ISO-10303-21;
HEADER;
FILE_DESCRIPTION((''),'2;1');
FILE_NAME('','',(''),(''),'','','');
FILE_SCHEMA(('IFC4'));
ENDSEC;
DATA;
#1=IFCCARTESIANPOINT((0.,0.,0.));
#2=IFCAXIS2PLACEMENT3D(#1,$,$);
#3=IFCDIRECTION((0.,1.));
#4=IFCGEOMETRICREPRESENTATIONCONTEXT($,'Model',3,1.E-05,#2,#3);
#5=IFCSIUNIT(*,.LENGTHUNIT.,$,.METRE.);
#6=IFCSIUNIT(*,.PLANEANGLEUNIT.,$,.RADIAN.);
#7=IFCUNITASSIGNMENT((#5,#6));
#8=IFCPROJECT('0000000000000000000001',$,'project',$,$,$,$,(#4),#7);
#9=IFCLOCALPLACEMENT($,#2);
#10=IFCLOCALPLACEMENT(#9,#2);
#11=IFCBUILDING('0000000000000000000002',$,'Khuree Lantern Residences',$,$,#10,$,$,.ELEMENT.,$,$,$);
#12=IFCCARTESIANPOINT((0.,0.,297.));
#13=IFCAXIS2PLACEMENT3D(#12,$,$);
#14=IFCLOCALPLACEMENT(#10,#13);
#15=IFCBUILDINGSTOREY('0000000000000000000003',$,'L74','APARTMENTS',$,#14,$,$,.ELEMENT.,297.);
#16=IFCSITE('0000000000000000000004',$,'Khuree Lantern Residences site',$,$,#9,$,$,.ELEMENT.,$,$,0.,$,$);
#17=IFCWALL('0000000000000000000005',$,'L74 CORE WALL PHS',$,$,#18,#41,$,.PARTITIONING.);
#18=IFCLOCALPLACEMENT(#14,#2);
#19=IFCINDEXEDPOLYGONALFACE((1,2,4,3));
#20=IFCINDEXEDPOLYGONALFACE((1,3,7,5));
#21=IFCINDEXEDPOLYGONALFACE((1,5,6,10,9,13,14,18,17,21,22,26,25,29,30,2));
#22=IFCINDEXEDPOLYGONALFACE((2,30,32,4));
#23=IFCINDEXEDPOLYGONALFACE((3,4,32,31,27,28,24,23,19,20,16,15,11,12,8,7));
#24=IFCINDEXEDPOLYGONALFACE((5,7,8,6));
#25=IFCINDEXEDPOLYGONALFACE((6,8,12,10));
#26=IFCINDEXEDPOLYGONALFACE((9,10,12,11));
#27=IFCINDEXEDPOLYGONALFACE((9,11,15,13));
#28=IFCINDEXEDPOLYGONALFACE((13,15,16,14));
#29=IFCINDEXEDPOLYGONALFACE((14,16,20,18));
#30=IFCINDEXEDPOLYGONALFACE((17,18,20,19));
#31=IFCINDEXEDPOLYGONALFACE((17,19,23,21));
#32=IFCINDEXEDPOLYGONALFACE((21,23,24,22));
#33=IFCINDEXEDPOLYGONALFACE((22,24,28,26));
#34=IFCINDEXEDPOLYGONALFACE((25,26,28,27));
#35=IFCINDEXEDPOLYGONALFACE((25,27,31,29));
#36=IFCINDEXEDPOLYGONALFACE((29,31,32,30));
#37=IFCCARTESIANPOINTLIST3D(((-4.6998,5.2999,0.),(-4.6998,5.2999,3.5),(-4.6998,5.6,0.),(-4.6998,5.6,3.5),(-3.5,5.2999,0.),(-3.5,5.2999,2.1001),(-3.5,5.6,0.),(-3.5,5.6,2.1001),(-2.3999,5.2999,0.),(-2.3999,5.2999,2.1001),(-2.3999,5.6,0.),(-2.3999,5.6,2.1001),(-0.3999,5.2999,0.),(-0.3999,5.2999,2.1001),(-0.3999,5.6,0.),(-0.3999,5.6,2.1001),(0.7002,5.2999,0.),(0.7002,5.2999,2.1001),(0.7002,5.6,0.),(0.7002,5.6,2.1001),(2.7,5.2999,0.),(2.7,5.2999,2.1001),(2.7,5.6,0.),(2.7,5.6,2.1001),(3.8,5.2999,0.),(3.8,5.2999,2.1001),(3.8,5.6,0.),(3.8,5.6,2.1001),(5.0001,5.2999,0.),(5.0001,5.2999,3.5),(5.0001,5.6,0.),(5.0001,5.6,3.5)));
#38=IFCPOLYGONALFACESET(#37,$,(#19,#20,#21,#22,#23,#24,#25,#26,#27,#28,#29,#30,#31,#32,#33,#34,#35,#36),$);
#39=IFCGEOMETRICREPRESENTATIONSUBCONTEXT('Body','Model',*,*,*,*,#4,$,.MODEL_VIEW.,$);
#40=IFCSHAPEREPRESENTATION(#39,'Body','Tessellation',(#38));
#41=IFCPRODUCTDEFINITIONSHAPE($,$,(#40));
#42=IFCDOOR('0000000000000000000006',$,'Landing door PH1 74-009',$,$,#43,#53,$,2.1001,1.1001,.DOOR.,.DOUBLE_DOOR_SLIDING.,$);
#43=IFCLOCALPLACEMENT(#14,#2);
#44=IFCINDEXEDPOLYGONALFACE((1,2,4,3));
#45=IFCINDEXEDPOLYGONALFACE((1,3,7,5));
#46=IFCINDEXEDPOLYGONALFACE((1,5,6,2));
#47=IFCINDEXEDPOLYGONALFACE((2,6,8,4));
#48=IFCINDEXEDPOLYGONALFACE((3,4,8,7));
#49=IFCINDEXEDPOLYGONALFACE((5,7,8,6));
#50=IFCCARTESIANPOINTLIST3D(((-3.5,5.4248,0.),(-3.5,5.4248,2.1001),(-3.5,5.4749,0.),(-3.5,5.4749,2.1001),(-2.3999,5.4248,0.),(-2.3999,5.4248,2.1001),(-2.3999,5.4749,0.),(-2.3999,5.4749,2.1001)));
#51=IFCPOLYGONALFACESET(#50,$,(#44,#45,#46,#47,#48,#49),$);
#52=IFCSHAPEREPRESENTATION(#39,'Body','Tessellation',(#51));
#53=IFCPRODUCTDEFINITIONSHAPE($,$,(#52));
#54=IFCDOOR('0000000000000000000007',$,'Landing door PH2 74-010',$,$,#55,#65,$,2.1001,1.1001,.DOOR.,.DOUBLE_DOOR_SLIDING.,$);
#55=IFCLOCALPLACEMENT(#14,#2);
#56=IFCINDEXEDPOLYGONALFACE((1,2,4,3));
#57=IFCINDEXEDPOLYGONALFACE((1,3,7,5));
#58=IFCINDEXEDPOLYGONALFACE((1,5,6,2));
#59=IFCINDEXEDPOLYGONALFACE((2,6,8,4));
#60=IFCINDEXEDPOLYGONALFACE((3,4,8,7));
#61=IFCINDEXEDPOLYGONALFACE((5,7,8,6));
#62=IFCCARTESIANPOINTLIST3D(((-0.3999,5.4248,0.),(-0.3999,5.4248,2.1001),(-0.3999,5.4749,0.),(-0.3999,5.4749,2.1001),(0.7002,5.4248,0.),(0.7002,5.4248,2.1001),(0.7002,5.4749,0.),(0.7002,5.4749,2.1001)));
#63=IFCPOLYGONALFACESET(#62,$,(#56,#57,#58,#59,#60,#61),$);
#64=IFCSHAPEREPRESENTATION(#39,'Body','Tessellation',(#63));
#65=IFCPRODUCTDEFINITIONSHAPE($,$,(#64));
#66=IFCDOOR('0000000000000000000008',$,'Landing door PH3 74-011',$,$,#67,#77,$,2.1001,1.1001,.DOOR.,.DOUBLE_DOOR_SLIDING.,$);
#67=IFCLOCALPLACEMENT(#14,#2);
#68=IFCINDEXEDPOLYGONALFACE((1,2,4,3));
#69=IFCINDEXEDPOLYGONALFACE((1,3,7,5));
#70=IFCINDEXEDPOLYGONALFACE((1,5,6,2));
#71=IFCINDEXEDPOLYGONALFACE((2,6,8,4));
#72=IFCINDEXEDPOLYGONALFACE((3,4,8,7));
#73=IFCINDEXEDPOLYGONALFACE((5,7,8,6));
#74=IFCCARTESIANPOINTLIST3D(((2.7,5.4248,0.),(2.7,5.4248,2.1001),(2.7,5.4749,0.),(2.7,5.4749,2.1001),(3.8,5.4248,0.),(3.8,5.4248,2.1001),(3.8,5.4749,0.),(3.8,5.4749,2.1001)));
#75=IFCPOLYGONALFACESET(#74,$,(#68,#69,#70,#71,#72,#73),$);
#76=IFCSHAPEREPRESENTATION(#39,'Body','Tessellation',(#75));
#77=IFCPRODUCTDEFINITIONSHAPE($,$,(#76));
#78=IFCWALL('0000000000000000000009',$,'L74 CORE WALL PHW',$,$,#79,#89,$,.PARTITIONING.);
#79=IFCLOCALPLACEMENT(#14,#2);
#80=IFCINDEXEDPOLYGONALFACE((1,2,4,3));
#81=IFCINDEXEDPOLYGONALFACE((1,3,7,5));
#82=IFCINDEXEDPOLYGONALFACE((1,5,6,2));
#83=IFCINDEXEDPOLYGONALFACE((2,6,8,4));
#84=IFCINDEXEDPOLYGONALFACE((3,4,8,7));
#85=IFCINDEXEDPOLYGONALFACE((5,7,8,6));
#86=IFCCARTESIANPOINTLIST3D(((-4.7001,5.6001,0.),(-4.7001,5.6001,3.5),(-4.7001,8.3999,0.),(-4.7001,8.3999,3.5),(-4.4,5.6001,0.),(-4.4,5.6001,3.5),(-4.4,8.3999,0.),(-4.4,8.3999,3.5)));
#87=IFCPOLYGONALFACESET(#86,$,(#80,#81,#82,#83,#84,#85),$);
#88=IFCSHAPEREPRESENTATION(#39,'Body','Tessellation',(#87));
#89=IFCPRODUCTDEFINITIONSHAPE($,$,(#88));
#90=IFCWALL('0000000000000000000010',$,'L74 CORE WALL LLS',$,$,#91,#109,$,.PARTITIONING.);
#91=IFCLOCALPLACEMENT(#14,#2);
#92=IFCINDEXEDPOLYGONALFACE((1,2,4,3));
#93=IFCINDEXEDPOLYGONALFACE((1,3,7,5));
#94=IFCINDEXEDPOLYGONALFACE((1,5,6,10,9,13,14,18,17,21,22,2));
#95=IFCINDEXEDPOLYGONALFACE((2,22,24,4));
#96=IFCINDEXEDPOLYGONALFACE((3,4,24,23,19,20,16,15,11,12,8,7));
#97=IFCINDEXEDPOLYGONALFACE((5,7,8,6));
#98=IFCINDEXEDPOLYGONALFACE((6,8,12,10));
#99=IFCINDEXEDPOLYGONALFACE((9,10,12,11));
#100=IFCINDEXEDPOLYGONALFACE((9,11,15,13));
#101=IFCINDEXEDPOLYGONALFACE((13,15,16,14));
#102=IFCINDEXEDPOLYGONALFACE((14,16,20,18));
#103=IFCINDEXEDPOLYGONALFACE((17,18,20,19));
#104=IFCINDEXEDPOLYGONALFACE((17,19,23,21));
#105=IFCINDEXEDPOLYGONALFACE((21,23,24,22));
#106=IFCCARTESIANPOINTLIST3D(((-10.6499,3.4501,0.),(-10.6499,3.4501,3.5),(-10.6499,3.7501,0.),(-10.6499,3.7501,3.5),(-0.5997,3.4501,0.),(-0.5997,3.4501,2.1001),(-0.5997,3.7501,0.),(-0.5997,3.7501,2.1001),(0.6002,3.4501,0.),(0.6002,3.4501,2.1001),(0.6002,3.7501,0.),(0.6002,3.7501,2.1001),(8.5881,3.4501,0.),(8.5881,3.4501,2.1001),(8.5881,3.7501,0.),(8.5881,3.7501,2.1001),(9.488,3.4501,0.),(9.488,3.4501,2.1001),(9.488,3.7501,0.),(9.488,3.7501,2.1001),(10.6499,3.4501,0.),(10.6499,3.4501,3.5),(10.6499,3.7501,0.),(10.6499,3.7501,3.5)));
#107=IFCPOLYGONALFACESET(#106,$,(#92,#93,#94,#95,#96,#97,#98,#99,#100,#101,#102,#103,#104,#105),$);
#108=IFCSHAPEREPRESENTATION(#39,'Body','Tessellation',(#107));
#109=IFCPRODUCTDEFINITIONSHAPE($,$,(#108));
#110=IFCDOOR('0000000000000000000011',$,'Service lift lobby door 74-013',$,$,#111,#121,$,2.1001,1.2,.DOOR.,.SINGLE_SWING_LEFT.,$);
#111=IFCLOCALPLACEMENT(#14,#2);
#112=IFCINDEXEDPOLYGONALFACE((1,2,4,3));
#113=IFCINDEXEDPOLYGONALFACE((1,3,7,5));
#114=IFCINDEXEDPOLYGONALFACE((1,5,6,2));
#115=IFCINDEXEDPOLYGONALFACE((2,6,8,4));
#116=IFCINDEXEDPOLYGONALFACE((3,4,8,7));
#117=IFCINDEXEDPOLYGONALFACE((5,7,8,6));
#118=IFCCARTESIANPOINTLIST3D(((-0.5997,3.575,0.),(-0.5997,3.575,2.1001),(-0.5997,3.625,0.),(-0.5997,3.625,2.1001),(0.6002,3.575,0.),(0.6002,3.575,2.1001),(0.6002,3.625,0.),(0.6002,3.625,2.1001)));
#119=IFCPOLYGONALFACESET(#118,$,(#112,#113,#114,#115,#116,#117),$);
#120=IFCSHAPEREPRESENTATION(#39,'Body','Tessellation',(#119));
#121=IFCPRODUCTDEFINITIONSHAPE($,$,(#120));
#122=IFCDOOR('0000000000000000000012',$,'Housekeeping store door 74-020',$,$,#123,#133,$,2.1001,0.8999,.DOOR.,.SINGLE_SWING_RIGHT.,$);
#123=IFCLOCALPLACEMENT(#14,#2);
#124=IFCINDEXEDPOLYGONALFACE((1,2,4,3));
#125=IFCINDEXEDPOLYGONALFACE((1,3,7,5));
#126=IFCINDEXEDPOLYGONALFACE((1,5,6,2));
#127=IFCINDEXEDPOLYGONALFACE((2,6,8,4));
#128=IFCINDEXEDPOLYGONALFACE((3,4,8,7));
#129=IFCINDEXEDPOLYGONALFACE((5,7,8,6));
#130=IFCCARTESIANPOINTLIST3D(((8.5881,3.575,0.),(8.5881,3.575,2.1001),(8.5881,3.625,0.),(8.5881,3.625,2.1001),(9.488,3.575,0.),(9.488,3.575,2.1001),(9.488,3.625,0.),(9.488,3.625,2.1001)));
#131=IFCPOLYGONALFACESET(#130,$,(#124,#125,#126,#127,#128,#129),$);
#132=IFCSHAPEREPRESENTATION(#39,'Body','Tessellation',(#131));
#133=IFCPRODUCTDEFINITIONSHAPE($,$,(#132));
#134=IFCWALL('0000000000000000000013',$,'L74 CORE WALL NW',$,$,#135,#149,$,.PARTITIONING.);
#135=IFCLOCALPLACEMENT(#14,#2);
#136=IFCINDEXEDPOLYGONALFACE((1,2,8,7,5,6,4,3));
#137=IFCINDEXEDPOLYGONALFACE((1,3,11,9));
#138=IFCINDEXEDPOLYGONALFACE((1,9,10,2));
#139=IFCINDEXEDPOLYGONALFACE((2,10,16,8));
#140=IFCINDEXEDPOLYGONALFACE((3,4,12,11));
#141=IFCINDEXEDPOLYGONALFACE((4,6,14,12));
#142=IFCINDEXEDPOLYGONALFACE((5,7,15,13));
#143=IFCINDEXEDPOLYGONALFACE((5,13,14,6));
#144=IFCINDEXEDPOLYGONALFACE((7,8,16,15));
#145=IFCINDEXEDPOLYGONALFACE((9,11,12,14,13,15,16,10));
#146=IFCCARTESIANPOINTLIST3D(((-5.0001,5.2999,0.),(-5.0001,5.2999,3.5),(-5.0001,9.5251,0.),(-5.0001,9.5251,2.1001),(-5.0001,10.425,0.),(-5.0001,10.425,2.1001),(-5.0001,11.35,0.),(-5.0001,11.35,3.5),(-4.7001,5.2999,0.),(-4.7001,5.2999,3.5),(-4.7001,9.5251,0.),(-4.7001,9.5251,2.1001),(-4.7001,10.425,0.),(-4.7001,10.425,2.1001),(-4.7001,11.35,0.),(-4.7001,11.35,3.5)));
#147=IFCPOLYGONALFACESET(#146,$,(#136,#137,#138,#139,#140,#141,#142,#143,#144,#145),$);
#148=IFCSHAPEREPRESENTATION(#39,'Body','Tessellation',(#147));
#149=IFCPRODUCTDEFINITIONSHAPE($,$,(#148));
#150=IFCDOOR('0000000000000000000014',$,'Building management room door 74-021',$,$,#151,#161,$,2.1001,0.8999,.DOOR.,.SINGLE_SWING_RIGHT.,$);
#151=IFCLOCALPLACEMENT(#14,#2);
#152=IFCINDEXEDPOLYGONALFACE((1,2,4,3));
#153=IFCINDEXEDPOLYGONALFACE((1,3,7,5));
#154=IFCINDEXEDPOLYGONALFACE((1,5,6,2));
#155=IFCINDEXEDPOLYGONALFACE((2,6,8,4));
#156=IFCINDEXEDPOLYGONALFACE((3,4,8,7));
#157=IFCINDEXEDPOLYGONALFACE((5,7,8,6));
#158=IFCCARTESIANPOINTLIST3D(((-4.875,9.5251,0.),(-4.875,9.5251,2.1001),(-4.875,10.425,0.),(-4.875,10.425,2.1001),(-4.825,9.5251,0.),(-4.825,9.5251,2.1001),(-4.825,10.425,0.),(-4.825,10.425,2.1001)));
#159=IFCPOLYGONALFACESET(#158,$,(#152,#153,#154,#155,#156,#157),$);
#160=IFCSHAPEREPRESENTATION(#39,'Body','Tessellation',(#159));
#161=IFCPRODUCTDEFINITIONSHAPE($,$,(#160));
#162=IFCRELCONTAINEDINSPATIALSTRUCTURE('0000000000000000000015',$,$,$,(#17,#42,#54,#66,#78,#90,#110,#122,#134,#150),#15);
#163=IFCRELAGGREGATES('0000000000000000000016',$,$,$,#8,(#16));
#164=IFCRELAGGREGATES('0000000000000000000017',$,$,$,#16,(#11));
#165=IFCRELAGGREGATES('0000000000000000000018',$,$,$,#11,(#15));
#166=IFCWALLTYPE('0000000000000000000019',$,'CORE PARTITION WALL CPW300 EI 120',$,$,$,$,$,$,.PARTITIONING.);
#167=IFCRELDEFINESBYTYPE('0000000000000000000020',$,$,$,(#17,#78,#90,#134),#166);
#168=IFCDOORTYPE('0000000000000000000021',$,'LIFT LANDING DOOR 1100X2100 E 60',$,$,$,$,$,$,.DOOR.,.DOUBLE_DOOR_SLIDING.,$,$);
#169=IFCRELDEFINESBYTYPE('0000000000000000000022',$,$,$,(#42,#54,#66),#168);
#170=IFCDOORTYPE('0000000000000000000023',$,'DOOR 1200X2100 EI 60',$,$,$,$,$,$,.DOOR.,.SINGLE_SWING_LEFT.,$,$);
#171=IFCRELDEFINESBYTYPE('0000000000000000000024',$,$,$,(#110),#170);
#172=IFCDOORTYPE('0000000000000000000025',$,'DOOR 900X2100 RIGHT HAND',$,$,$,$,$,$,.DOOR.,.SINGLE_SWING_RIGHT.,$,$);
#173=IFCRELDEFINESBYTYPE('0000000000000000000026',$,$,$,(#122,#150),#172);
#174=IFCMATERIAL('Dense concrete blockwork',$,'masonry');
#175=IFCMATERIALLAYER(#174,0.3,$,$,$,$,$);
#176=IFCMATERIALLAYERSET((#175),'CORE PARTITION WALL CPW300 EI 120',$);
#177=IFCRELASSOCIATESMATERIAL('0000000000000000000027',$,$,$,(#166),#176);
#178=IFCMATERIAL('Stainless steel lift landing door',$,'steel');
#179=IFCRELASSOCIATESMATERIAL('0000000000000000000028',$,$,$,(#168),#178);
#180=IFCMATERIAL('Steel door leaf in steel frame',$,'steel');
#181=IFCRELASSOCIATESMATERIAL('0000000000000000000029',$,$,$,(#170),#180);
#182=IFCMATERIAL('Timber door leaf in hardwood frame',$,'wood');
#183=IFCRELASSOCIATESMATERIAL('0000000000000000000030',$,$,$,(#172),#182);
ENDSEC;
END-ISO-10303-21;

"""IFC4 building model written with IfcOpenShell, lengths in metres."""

from ifc_helpers import new_model, si_unit, direction, frame, frame_2d, origin, place, context, subcontext, project, spatial, rectangle, extrude, material, layer, layer_set, type_object, element, fill, save


model = new_model("IFC4")

# Units and contexts
model_context = context("Model", 3, precision=1e-05, world=origin(), true_north=direction((0.0, 1.0)))
body_context = subcontext(model_context, "Body", "Model", "MODEL_VIEW")
ifc_project = project(units=[si_unit("LENGTHUNIT", "METRE"), si_unit("PLANEANGLEUNIT", "RADIAN")], contexts=[model_context])

# Site, building, storey
site_placement = place(None, origin())
site = spatial("IfcSite", under=ifc_project, at=site_placement, Name="Khuree Lantern Residences site", CompositionType="ELEMENT", RefElevation=0.0)
building_placement = place(site_placement, origin())
building = spatial("IfcBuilding", under=site, at=building_placement, Name="Khuree Lantern Residences", CompositionType="ELEMENT")
storey_placement = place(building_placement, frame((0.0, 0.0, 297.0)))
storey = spatial("IfcBuildingStorey", under=building, at=storey_placement, Name="L74", Description="APARTMENTS", CompositionType="ELEMENT", Elevation=297.0)

# Wall, openings, doors
ifc_material_1 = material(Name="Dense concrete blockwork", Category="masonry")
ifc_layer_1 = layer(ifc_material_1, 0.3)
ifc_layer_set_1 = layer_set([ifc_layer_1], Name="CORE PARTITION WALL CPW300 EI 120")
wall_type_1 = type_object("IfcWallType", Name="CORE PARTITION WALL CPW300 EI 120", PredefinedType="PARTITIONING", material=ifc_layer_set_1)
wall_1_placement = place(storey_placement, frame((-4.7, 5.45, 0.0), z_axis=(0.0, 0.0, 1.0), x_axis=(1.0, 0.0, 0.0)))
wall_1 = element("IfcWall", 1, at=wall_1_placement, inside=storey, type_object=wall_type_1, Name="L74 CORE WALL PHS", PredefinedType="PARTITIONING", context=body_context, shape_type="SweptSolid", body=[
    extrude(rectangle(XDim=9.7, YDim=0.3, at=frame_2d((4.8501, 0.0))), origin(), (0.0, 0.0, 1.0), 3.5),
])
opening_1_placement = place(wall_1_placement, frame((1.2, 0.0, 0.0)))
opening_1 = element("IfcOpeningElement", 2, at=opening_1_placement, cuts=wall_1, PredefinedType="OPENING", context=body_context, shape_type="SweptSolid", body=[
    extrude(rectangle(XDim=1.1001, YDim=2.1001, at=frame_2d((0.55, 1.05))), frame((0.0, 0.1602, 0.0), z_axis=(0.0, -1.0, 0.0), x_axis=(1.0, 0.0, 0.0)), (0.0, 0.0, 1.0), 0.3201),
])
opening_2_placement = place(wall_1_placement, frame((4.3, 0.0, 0.0)))
opening_2 = element("IfcOpeningElement", 3, at=opening_2_placement, cuts=wall_1, PredefinedType="OPENING", context=body_context, shape_type="SweptSolid", body=[
    extrude(rectangle(XDim=1.1001, YDim=2.1001, at=frame_2d((0.55, 1.05))), frame((0.0, 0.1602, 0.0), z_axis=(0.0, -1.0, 0.0), x_axis=(1.0, 0.0, 0.0)), (0.0, 0.0, 1.0), 0.3201),
])
opening_3_placement = place(wall_1_placement, frame((7.3999, 0.0, 0.0)))
opening_3 = element("IfcOpeningElement", 4, at=opening_3_placement, cuts=wall_1, PredefinedType="OPENING", context=body_context, shape_type="SweptSolid", body=[
    extrude(rectangle(XDim=1.1001, YDim=2.1001, at=frame_2d((0.55, 1.05))), frame((0.0, 0.1602, 0.0), z_axis=(0.0, -1.0, 0.0), x_axis=(1.0, 0.0, 0.0)), (0.0, 0.0, 1.0), 0.3201),
])
ifc_material_2 = material(Name="Stainless steel lift landing door", Category="steel")
door_type_1 = type_object("IfcDoorType", Name="LIFT LANDING DOOR 1100X2100 E 60", OperationType="DOUBLE_DOOR_SLIDING", PredefinedType="DOOR", material=ifc_material_2)
door_1_placement = place(opening_1_placement, origin())
door_1 = element("IfcDoor", 5, at=door_1_placement, inside=storey, type_object=door_type_1, Name="Landing door PH1 74-009", OperationType="DOUBLE_DOOR_SLIDING", OverallHeight=2.1001, OverallWidth=1.1001, PredefinedType="DOOR", context=body_context, shape_type="SweptSolid", body=[
    extrude(rectangle(XDim=1.1001, YDim=2.1001, at=frame_2d((0.55, 1.05))), frame((0.0, 0.0249, 0.0), z_axis=(0.0, -1.0, 0.0), x_axis=(1.0, 0.0, 0.0)), (0.0, 0.0, 1.0), 0.05),
])
fill(opening_1, door_1)
door_2_placement = place(opening_2_placement, origin())
door_2 = element("IfcDoor", 6, at=door_2_placement, inside=storey, type_object=door_type_1, Name="Landing door PH2 74-010", OperationType="DOUBLE_DOOR_SLIDING", OverallHeight=2.1001, OverallWidth=1.1001, PredefinedType="DOOR", context=body_context, shape_type="SweptSolid", body=[
    extrude(rectangle(XDim=1.1001, YDim=2.1001, at=frame_2d((0.55, 1.05))), frame((0.0, 0.0249, 0.0), z_axis=(0.0, -1.0, 0.0), x_axis=(1.0, 0.0, 0.0)), (0.0, 0.0, 1.0), 0.05),
])
fill(opening_2, door_2)
door_3_placement = place(opening_3_placement, origin())
door_3 = element("IfcDoor", 7, at=door_3_placement, inside=storey, type_object=door_type_1, Name="Landing door PH3 74-011", OperationType="DOUBLE_DOOR_SLIDING", OverallHeight=2.1001, OverallWidth=1.1001, PredefinedType="DOOR", context=body_context, shape_type="SweptSolid", body=[
    extrude(rectangle(XDim=1.1001, YDim=2.1001, at=frame_2d((0.55, 1.05))), frame((0.0, 0.0249, 0.0), z_axis=(0.0, -1.0, 0.0), x_axis=(1.0, 0.0, 0.0)), (0.0, 0.0, 1.0), 0.05),
])
fill(opening_3, door_3)

# Wall
wall_2_placement = place(storey_placement, frame((-4.55, 5.6001, 0.0), z_axis=(0.0, 0.0, 1.0), x_axis=(0.0, 1.0, 0.0)))
element("IfcWall", 8, at=wall_2_placement, inside=storey, type_object=wall_type_1, Name="L74 CORE WALL PHW", PredefinedType="PARTITIONING", context=body_context, shape_type="SweptSolid", body=[
    extrude(rectangle(XDim=2.7998, YDim=0.3, at=frame_2d((1.3999, 0.0))), origin(), (0.0, 0.0, 1.0), 3.5),
])

# Wall, openings, doors
wall_3_placement = place(storey_placement, frame((-10.6499, 3.6001, 0.0), z_axis=(0.0, 0.0, 1.0), x_axis=(1.0, 0.0, 0.0)))
wall_3 = element("IfcWall", 9, at=wall_3_placement, inside=storey, type_object=wall_type_1, Name="L74 CORE WALL LLS", PredefinedType="PARTITIONING", context=body_context, shape_type="SweptSolid", body=[
    extrude(rectangle(XDim=21.2998, YDim=0.3, at=frame_2d((10.6499, 0.0))), origin(), (0.0, 0.0, 1.0), 3.5),
])
opening_4_placement = place(wall_3_placement, frame((10.05, 0.0, 0.0)))
opening_4 = element("IfcOpeningElement", 10, at=opening_4_placement, cuts=wall_3, PredefinedType="OPENING", context=body_context, shape_type="SweptSolid", body=[
    extrude(rectangle(XDim=1.2, YDim=2.1001, at=frame_2d((0.6001, 1.05))), frame((0.0, 0.1602, 0.0), z_axis=(0.0, -1.0, 0.0), x_axis=(1.0, 0.0, 0.0)), (0.0, 0.0, 1.0), 0.3201),
])
opening_5_placement = place(wall_3_placement, frame((19.238, 0.0, 0.0)))
opening_5 = element("IfcOpeningElement", 11, at=opening_5_placement, cuts=wall_3, PredefinedType="OPENING", context=body_context, shape_type="SweptSolid", body=[
    extrude(rectangle(XDim=0.8999, YDim=2.1001, at=frame_2d((0.45, 1.05))), frame((0.0, 0.1602, 0.0), z_axis=(0.0, -1.0, 0.0), x_axis=(1.0, 0.0, 0.0)), (0.0, 0.0, 1.0), 0.3201),
])
ifc_material_3 = material(Name="Steel door leaf in steel frame", Category="steel")
door_type_2 = type_object("IfcDoorType", Name="DOOR 1200X2100 EI 60", OperationType="SINGLE_SWING_LEFT", PredefinedType="DOOR", material=ifc_material_3)
door_4_placement = place(opening_4_placement, origin())
door_4 = element("IfcDoor", 12, at=door_4_placement, inside=storey, type_object=door_type_2, Name="Service lift lobby door 74-013", OperationType="SINGLE_SWING_LEFT", OverallHeight=2.1001, OverallWidth=1.2, PredefinedType="DOOR", context=body_context, shape_type="SweptSolid", body=[
    extrude(rectangle(XDim=1.2, YDim=2.1001, at=frame_2d((0.6001, 1.05))), frame((0.0, 0.0249, 0.0), z_axis=(0.0, -1.0, 0.0), x_axis=(1.0, 0.0, 0.0)), (0.0, 0.0, 1.0), 0.05),
])
fill(opening_4, door_4)
ifc_material_4 = material(Name="Timber door leaf in hardwood frame", Category="wood")
door_type_3 = type_object("IfcDoorType", Name="DOOR 900X2100 RIGHT HAND", OperationType="SINGLE_SWING_RIGHT", PredefinedType="DOOR", material=ifc_material_4)
door_5_placement = place(opening_5_placement, origin())
door_5 = element("IfcDoor", 13, at=door_5_placement, inside=storey, type_object=door_type_3, Name="Housekeeping store door 74-020", OperationType="SINGLE_SWING_RIGHT", OverallHeight=2.1001, OverallWidth=0.8999, PredefinedType="DOOR", context=body_context, shape_type="SweptSolid", body=[
    extrude(rectangle(XDim=0.8999, YDim=2.1001, at=frame_2d((0.45, 1.05))), frame((0.0, 0.0249, 0.0), z_axis=(0.0, -1.0, 0.0), x_axis=(1.0, 0.0, 0.0)), (0.0, 0.0, 1.0), 0.05),
])
fill(opening_5, door_5)

# Wall, opening, door
wall_4_placement = place(storey_placement, frame((-4.8501, 5.3, 0.0), z_axis=(0.0, 0.0, 1.0), x_axis=(0.0, 1.0, 0.0)))
wall_4 = element("IfcWall", 14, at=wall_4_placement, inside=storey, type_object=wall_type_1, Name="L74 CORE WALL NW", PredefinedType="PARTITIONING", context=body_context, shape_type="SweptSolid", body=[
    extrude(rectangle(XDim=6.05, YDim=0.3, at=frame_2d((3.0249, 0.0))), origin(), (0.0, 0.0, 1.0), 3.5),
])
opening_6_placement = place(wall_4_placement, frame((4.2251, 0.0, 0.0)))
opening_6 = element("IfcOpeningElement", 15, at=opening_6_placement, cuts=wall_4, PredefinedType="OPENING", context=body_context, shape_type="SweptSolid", body=[
    extrude(rectangle(XDim=0.8999, YDim=2.1001, at=frame_2d((0.45, 1.05))), frame((0.0, 0.1602, 0.0), z_axis=(0.0, -1.0, 0.0), x_axis=(1.0, 0.0, 0.0)), (0.0, 0.0, 1.0), 0.3201),
])
door_6_placement = place(opening_6_placement, origin())
door_6 = element("IfcDoor", 16, at=door_6_placement, inside=storey, type_object=door_type_3, Name="Building management room door 74-021", OperationType="SINGLE_SWING_RIGHT", OverallHeight=2.1001, OverallWidth=0.8999, PredefinedType="DOOR", context=body_context, shape_type="SweptSolid", body=[
    extrude(rectangle(XDim=0.8999, YDim=2.1001, at=frame_2d((0.45, 1.05))), frame((0.0, 0.0249, 0.0), z_axis=(0.0, -1.0, 0.0), x_axis=(1.0, 0.0, 0.0)), (0.0, 0.0, 1.0), 0.05),
])
fill(opening_6, door_6)

save(model, "model.ifc")
